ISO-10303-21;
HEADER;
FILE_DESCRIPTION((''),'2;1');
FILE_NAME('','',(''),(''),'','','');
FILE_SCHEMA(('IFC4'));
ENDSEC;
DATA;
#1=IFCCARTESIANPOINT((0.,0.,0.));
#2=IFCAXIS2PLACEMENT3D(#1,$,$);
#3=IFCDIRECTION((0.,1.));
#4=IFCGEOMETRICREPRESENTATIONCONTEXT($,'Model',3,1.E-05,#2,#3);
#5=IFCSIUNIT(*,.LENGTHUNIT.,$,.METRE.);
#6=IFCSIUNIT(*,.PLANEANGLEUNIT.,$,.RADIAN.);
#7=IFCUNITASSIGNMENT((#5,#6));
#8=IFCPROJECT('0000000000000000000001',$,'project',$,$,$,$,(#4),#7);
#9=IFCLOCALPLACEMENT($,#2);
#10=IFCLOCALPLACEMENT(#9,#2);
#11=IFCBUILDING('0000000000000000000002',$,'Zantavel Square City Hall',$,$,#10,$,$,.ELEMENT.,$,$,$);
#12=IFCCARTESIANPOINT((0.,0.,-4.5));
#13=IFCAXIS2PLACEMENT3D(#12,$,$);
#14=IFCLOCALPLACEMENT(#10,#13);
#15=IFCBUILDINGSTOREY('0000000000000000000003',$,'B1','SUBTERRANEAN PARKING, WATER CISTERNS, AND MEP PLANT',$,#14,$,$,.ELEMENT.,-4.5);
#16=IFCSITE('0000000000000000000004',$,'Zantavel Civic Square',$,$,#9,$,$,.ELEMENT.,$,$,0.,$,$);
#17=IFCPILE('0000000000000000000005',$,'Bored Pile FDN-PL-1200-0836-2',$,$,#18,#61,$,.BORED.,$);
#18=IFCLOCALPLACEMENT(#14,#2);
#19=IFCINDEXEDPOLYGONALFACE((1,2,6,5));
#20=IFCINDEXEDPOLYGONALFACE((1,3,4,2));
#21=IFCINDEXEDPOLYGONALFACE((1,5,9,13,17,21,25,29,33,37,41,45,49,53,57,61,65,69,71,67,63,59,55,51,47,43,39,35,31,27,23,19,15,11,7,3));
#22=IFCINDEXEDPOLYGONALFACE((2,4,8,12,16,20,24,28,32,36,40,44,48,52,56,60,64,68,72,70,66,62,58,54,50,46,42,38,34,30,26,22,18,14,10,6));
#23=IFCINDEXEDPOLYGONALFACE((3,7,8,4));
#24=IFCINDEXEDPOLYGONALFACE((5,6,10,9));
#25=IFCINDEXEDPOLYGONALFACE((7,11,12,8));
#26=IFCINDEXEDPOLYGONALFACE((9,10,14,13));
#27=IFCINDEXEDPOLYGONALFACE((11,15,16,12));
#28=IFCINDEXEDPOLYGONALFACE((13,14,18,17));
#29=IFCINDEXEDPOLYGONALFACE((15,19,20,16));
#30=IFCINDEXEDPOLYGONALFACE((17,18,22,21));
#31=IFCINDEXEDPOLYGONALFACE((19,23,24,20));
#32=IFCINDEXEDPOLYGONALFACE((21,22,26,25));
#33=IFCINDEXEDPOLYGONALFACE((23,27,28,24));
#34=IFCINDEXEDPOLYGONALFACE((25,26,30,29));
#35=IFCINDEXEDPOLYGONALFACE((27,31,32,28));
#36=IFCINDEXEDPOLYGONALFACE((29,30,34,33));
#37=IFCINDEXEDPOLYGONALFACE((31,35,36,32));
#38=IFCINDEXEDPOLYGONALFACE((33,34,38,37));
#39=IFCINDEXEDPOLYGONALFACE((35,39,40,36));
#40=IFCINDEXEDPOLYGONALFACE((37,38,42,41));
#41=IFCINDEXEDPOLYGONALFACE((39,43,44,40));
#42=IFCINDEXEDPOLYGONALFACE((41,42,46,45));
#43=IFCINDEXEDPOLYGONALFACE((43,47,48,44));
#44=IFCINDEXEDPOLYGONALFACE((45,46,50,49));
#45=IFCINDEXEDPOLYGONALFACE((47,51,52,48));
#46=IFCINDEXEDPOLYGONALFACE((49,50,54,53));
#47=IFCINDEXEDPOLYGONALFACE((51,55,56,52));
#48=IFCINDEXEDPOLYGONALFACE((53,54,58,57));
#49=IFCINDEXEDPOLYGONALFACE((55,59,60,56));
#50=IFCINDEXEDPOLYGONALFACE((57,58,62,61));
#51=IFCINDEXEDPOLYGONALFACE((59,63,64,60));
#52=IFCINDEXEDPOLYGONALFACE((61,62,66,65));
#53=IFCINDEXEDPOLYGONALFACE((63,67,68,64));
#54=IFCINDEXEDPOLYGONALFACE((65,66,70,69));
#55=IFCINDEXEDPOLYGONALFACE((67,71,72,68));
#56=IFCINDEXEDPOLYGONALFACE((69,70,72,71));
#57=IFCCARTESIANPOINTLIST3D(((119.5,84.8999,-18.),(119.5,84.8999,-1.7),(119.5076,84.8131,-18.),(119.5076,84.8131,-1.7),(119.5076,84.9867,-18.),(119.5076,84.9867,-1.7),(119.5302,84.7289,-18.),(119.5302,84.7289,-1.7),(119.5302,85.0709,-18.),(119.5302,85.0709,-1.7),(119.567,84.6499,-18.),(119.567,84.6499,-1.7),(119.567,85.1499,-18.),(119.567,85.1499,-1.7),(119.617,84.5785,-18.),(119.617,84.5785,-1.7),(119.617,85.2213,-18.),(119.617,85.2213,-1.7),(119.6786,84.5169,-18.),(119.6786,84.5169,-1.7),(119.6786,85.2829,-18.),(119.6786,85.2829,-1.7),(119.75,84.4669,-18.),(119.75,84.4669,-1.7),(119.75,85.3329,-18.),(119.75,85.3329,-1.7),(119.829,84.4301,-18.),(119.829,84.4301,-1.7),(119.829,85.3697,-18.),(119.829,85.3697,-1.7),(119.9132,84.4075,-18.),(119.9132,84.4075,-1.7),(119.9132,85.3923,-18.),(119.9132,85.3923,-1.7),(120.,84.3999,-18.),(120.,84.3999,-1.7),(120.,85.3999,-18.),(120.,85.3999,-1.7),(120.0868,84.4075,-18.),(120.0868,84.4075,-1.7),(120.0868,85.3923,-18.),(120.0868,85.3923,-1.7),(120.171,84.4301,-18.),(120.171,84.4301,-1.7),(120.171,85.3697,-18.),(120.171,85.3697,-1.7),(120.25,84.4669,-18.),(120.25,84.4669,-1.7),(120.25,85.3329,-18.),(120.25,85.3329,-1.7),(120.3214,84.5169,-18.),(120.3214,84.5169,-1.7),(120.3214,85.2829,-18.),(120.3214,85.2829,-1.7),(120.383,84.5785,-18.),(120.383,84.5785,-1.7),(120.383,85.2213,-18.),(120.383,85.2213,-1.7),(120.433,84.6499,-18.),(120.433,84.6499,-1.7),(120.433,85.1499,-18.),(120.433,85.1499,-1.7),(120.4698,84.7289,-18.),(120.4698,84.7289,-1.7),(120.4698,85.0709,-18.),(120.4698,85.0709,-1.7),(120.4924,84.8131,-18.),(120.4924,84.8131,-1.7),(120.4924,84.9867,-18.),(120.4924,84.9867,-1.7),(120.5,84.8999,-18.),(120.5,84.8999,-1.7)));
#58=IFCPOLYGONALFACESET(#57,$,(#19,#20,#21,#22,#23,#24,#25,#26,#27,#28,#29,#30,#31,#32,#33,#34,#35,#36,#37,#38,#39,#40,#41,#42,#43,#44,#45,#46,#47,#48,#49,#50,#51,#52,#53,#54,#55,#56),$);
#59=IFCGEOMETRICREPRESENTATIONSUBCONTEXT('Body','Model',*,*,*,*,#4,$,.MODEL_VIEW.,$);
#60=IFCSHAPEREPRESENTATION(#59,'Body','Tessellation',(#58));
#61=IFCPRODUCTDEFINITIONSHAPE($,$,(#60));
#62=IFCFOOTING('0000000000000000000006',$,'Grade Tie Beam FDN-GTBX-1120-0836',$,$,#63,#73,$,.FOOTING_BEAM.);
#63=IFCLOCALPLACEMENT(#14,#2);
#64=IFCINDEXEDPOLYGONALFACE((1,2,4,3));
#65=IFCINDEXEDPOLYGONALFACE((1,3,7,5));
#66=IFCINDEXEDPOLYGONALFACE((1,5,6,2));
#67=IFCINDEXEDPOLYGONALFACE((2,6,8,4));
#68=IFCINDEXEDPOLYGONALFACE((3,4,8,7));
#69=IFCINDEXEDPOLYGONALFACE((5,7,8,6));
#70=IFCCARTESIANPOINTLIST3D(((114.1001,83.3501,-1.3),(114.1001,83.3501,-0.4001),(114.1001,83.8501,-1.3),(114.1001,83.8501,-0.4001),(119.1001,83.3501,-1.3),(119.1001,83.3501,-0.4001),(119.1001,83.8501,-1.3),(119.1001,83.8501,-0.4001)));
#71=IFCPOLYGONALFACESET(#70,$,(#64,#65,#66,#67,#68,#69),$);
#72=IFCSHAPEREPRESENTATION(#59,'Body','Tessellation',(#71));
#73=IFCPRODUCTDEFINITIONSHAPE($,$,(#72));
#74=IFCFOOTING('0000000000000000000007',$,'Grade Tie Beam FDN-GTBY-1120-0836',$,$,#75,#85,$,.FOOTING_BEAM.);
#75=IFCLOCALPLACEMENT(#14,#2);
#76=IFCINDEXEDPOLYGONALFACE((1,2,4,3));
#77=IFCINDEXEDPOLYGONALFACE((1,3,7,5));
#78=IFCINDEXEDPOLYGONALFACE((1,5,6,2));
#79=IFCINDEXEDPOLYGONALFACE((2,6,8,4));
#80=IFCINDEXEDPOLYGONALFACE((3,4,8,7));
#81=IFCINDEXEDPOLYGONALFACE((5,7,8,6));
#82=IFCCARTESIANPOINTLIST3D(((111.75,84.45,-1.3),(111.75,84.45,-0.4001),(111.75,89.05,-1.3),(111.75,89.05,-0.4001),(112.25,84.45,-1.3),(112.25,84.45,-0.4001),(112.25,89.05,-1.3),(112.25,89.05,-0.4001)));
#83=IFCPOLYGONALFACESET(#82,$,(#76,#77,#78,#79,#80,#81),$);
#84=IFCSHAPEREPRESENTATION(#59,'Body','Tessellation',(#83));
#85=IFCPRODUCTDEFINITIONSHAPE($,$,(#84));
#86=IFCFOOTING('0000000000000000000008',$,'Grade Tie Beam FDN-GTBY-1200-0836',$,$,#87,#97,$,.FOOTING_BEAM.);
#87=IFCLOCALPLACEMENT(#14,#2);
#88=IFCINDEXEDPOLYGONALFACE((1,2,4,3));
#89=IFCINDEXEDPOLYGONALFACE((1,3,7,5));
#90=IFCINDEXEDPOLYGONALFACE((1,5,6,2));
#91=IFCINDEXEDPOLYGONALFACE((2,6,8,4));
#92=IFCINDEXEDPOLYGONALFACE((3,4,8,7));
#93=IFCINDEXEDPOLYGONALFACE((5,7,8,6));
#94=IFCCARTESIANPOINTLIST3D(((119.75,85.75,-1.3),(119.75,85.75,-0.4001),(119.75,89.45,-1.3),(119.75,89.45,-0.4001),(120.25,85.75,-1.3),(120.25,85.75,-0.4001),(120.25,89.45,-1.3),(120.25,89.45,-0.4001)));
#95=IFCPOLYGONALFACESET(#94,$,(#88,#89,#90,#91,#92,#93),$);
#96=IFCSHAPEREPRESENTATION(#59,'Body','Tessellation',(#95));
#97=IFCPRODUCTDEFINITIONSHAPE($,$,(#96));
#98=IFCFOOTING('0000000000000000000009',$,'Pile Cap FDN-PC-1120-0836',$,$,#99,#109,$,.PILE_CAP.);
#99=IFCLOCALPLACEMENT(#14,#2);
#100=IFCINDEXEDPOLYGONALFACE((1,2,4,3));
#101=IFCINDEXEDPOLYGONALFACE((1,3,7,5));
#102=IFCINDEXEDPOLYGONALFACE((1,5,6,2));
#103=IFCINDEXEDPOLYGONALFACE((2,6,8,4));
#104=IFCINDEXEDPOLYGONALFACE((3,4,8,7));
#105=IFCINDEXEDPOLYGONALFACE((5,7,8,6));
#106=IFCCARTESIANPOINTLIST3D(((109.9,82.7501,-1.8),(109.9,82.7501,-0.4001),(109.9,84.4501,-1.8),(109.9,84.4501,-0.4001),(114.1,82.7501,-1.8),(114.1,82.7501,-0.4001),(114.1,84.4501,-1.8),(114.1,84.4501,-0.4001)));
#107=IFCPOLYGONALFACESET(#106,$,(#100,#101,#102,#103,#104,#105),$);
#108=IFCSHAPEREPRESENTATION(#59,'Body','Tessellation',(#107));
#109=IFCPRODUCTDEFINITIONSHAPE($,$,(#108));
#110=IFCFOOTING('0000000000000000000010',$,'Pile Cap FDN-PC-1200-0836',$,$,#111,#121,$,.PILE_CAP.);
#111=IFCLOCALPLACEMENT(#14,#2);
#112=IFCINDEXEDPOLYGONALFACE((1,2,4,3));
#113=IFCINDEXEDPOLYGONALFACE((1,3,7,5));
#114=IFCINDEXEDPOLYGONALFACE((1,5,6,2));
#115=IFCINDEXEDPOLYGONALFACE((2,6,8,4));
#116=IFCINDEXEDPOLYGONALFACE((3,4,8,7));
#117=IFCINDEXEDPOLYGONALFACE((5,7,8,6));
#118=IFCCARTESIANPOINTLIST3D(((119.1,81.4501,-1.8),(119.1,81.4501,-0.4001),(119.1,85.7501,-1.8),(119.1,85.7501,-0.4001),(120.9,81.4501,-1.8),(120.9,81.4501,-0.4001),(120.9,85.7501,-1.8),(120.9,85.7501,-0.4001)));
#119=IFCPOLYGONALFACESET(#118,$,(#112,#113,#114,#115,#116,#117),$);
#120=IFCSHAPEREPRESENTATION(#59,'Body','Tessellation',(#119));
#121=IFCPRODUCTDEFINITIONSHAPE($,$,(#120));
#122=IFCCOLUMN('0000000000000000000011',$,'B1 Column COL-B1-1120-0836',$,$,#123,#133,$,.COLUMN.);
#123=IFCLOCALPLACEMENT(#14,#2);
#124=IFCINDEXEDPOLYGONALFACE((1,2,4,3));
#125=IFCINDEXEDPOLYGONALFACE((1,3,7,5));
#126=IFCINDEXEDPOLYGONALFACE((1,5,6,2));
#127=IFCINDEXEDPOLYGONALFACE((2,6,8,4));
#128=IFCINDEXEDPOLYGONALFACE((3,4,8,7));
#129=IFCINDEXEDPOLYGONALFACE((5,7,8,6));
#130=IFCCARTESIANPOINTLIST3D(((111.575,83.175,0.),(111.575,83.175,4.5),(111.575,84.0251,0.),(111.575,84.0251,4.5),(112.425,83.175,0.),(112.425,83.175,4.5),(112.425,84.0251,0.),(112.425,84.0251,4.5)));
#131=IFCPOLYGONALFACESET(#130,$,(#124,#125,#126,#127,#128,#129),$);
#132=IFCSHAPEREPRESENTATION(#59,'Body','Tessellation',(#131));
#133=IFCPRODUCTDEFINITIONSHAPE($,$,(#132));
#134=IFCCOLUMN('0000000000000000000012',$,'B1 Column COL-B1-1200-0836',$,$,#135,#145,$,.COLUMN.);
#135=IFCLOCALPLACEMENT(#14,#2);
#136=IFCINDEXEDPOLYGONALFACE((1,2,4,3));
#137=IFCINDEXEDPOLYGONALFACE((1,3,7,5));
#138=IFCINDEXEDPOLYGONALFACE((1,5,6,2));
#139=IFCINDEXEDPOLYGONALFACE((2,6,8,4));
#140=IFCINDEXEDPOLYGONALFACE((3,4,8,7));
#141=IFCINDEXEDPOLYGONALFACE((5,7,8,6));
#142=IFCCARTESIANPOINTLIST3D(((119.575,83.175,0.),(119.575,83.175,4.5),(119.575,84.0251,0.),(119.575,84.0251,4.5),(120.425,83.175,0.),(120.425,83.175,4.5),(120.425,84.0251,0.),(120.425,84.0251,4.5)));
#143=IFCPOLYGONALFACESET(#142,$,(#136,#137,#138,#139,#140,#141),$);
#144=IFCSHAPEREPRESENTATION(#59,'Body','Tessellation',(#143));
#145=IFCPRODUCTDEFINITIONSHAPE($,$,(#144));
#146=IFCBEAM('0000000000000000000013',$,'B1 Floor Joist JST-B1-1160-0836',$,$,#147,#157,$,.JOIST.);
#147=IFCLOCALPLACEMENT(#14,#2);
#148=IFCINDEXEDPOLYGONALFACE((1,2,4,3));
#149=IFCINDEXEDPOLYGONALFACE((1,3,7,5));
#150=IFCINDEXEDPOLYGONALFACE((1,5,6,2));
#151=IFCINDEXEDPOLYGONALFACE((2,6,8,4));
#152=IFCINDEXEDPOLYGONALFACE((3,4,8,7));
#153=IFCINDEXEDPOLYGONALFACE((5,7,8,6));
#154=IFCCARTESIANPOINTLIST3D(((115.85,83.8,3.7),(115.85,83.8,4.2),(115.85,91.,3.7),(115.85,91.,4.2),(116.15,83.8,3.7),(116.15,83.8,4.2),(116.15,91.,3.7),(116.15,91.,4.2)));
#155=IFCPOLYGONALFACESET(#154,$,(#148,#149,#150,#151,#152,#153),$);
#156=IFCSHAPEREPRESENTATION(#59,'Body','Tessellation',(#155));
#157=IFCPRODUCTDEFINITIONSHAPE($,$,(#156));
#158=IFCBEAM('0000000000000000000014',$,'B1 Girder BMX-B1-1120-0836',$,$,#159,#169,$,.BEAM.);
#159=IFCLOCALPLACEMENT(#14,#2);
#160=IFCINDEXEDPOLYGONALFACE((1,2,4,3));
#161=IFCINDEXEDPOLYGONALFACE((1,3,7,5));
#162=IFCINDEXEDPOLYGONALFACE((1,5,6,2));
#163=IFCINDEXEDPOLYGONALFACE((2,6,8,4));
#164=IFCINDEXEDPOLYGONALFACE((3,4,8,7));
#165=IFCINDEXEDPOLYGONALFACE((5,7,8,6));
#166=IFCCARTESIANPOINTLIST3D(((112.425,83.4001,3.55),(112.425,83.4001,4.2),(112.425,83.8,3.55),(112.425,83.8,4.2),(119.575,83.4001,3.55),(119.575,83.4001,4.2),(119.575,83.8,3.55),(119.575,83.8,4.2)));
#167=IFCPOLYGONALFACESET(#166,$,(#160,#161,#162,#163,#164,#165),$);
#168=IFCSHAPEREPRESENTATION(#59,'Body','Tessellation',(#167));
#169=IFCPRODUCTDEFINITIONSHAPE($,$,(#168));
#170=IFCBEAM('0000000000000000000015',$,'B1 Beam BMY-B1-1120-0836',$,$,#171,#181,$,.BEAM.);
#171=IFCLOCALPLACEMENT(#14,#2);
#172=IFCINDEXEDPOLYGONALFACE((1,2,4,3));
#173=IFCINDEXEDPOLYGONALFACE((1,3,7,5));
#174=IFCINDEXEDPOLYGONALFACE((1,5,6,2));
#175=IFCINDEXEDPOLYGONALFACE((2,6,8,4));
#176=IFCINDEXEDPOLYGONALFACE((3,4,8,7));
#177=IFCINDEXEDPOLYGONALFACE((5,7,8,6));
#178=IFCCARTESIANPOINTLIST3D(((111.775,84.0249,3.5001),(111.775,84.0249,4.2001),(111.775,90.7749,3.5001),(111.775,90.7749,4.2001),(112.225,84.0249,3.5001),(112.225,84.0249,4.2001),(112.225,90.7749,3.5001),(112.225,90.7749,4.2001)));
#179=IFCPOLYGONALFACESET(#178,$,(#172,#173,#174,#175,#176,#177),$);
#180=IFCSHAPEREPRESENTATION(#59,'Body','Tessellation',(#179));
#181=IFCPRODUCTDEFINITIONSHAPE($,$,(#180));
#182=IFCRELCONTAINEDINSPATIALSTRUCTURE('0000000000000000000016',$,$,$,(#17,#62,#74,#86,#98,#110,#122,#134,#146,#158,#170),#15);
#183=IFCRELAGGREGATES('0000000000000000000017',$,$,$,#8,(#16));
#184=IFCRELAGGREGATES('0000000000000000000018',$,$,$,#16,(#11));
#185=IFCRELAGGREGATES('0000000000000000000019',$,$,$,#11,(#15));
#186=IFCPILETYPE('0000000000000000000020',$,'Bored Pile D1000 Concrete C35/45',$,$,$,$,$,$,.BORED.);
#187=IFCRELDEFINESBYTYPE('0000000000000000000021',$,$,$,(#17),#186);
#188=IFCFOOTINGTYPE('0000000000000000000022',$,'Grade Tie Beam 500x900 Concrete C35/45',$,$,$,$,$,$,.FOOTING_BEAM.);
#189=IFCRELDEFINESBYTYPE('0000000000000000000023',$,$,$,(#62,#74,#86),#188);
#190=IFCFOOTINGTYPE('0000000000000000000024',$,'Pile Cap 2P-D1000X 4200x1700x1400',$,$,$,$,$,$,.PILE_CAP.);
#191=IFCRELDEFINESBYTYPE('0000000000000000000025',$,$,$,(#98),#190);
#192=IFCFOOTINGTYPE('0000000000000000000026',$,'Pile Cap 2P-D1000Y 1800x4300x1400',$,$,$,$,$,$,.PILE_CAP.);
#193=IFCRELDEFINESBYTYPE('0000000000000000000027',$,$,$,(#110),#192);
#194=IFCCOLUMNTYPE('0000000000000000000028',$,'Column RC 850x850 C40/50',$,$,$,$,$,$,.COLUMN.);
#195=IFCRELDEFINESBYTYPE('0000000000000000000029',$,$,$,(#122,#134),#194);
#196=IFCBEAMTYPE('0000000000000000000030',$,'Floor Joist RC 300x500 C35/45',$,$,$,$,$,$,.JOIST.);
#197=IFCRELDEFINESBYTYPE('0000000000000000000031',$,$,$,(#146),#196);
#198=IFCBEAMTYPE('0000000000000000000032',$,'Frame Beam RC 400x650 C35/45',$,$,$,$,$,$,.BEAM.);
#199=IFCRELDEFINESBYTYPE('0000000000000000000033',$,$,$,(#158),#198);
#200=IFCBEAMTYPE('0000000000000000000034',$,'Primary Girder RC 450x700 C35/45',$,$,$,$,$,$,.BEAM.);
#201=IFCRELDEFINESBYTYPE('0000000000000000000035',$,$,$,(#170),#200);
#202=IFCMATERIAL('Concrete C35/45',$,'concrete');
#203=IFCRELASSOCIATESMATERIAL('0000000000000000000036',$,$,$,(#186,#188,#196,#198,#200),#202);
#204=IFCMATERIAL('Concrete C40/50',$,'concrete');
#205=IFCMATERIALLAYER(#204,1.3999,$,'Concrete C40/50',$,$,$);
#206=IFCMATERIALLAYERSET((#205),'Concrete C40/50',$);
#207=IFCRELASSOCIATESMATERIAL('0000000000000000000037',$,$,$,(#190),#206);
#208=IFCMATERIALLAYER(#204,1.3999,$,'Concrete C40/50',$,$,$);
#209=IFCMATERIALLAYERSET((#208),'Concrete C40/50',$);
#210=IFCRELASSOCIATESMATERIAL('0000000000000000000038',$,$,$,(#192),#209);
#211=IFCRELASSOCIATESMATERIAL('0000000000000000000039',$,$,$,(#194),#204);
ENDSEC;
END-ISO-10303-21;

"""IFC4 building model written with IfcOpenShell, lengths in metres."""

from ifc_helpers import new_model, si_unit, direction, frame, origin, origin_2d, place, context, subcontext, project, spatial, rectangle, circle, extrude, material, layer, layer_set, material_profile, profile_set, type_object, element, save


model = new_model("IFC4")

# Units and contexts
model_context = context("Model", 3, precision=1e-05, world=origin(), true_north=direction((0.0, 1.0)))
body_context = subcontext(model_context, "Body", "Model", "MODEL_VIEW")
ifc_project = project(units=[si_unit("LENGTHUNIT", "METRE"), si_unit("PLANEANGLEUNIT", "RADIAN")], contexts=[model_context])

# Site, building, storey
site_placement = place(None, origin())
site = spatial("IfcSite", under=ifc_project, at=site_placement, Name="Zantavel Civic Square", CompositionType="ELEMENT", RefElevation=0.0)
building_placement = place(site_placement, origin())
building = spatial("IfcBuilding", under=site, at=building_placement, Name="Zantavel Square City Hall", CompositionType="ELEMENT")
storey_placement = place(building_placement, frame((0.0, 0.0, -4.5)))
storey = spatial("IfcBuildingStorey", under=building, at=storey_placement, Name="B1", Description="SUBTERRANEAN PARKING, WATER CISTERNS, AND MEP PLANT", CompositionType="ELEMENT", Elevation=-4.5)

# Pile
ifc_material_1 = material(Name="Concrete C35/45", Category="concrete")
ifc_material_profile_1 = material_profile(ifc_material_1, circle(Radius=0.5, at=origin_2d()), Name="PILE D1000")
ifc_profile_set_1 = profile_set([ifc_material_profile_1], Name="Concrete C35/45")
pile_type = type_object("IfcPileType", Name="Bored Pile D1000 Concrete C35/45", PredefinedType="BORED", material=ifc_profile_set_1)
for number, where, z_axis, x_axis, name in (
    (1, (120.0, 84.8999, -1.7), (0.0, 0.0, -1.0), (1.0, 0.0, 0.0), "Bored Pile FDN-PL-1200-0836-2"),
):
    element("IfcPile", number, at=place(storey_placement, frame(where, z_axis=z_axis, x_axis=x_axis)), inside=storey, type_object=pile_type, Name=name, PredefinedType="BORED", context=body_context, shape_type="SweptSolid", body=[
        extrude(circle(Radius=0.5, at=origin_2d()), origin(), (0.0, 0.0, 1.0), 16.3),
    ])

# Footings
ifc_material_profile_2 = material_profile(ifc_material_1, rectangle(XDim=0.5, YDim=0.8999, at=origin_2d()), Name="RC 500x900")
ifc_profile_set_2 = profile_set([ifc_material_profile_2], Name="Concrete C35/45")
footing_type_1 = type_object("IfcFootingType", Name="Grade Tie Beam 500x900 Concrete C35/45", PredefinedType="FOOTING_BEAM", material=ifc_profile_set_2)
footing_1_placement = place(storey_placement, frame((114.1001, 83.6001, -0.8501), z_axis=(1.0, 0.0, 0.0), x_axis=(0.0, 1.0, 0.0)))
element("IfcFooting", 2, at=footing_1_placement, inside=storey, type_object=footing_type_1, Name="Grade Tie Beam FDN-GTBX-1120-0836", PredefinedType="FOOTING_BEAM", context=body_context, shape_type="SweptSolid", body=[
    extrude(rectangle(XDim=0.5, YDim=0.8999, at=origin_2d()), origin(), (0.0, 0.0, 1.0), 5.0),
])
footing_2_placement = place(storey_placement, frame((112.0, 84.45, -0.8501), z_axis=(0.0, 1.0, 0.0), x_axis=(-1.0, 0.0, 0.0)))
element("IfcFooting", 3, at=footing_2_placement, inside=storey, type_object=footing_type_1, Name="Grade Tie Beam FDN-GTBY-1120-0836", PredefinedType="FOOTING_BEAM", context=body_context, shape_type="SweptSolid", body=[
    extrude(rectangle(XDim=0.5, YDim=0.8999, at=origin_2d()), origin(), (0.0, 0.0, 1.0), 4.6001),
])
footing_3_placement = place(storey_placement, frame((120.0, 85.75, -0.8501), z_axis=(0.0, 1.0, 0.0), x_axis=(-1.0, 0.0, 0.0)))
element("IfcFooting", 4, at=footing_3_placement, inside=storey, type_object=footing_type_1, Name="Grade Tie Beam FDN-GTBY-1200-0836", PredefinedType="FOOTING_BEAM", context=body_context, shape_type="SweptSolid", body=[
    extrude(rectangle(XDim=0.5, YDim=0.8999, at=origin_2d()), origin(), (0.0, 0.0, 1.0), 3.7),
])
ifc_material_2 = material(Name="Concrete C40/50", Category="concrete")
ifc_layer_1 = layer(ifc_material_2, 1.3999, Name="Concrete C40/50")
ifc_layer_set_1 = layer_set([ifc_layer_1], Name="Concrete C40/50")
footing_type_2 = type_object("IfcFootingType", Name="Pile Cap 2P-D1000X 4200x1700x1400", PredefinedType="PILE_CAP", material=ifc_layer_set_1)
footing_4_placement = place(storey_placement, frame((112.0, 83.6001, -1.8), z_axis=(0.0, 0.0, 1.0), x_axis=(1.0, 0.0, 0.0)))
element("IfcFooting", 5, at=footing_4_placement, inside=storey, type_object=footing_type_2, Name="Pile Cap FDN-PC-1120-0836", PredefinedType="PILE_CAP", context=body_context, shape_type="SweptSolid", body=[
    extrude(rectangle(XDim=4.2, YDim=1.7, at=origin_2d()), origin(), (0.0, 0.0, 1.0), 1.3999),
])
ifc_layer_2 = layer(ifc_material_2, 1.3999, Name="Concrete C40/50")
ifc_layer_set_2 = layer_set([ifc_layer_2], Name="Concrete C40/50")
footing_type_3 = type_object("IfcFootingType", Name="Pile Cap 2P-D1000Y 1800x4300x1400", PredefinedType="PILE_CAP", material=ifc_layer_set_2)
footing_5_placement = place(storey_placement, frame((120.0, 83.6001, -1.8), z_axis=(0.0, 0.0, 1.0), x_axis=(1.0, 0.0, 0.0)))
element("IfcFooting", 6, at=footing_5_placement, inside=storey, type_object=footing_type_3, Name="Pile Cap FDN-PC-1200-0836", PredefinedType="PILE_CAP", context=body_context, shape_type="SweptSolid", body=[
    extrude(rectangle(XDim=1.8, YDim=4.3, at=origin_2d()), origin(), (0.0, 0.0, 1.0), 1.3999),
])

# Columns
ifc_material_profile_3 = material_profile(ifc_material_2, rectangle(XDim=0.8501, YDim=0.8501, at=origin_2d()), Name="RC 850x850")
ifc_profile_set_3 = profile_set([ifc_material_profile_3], Name="Concrete C40/50")
column_type = type_object("IfcColumnType", Name="Column RC 850x850 C40/50", PredefinedType="COLUMN", material=ifc_profile_set_3)
for number, where, z_axis, x_axis, name in (
    (7, (112.0, 83.6001, 0.0), (0.0, 0.0, 1.0), (1.0, 0.0, 0.0), "B1 Column COL-B1-1120-0836"),
    (8, (120.0, 83.6001, 0.0), (0.0, 0.0, 1.0), (1.0, 0.0, 0.0), "B1 Column COL-B1-1200-0836"),
):
    element("IfcColumn", number, at=place(storey_placement, frame(where, z_axis=z_axis, x_axis=x_axis)), inside=storey, type_object=column_type, Name=name, PredefinedType="COLUMN", context=body_context, shape_type="SweptSolid", body=[
        extrude(rectangle(XDim=0.8501, YDim=0.8501, at=origin_2d()), origin(), (0.0, 0.0, 1.0), 4.5),
    ])

# Beams
ifc_material_profile_4 = material_profile(ifc_material_1, rectangle(XDim=0.3, YDim=0.5, at=origin_2d()), Name="RC 300x500")
ifc_profile_set_4 = profile_set([ifc_material_profile_4], Name="Concrete C35/45")
beam_type_1 = type_object("IfcBeamType", Name="Floor Joist RC 300x500 C35/45", PredefinedType="JOIST", material=ifc_profile_set_4)
beam_1_placement = place(storey_placement, frame((116.0, 83.8, 3.95), z_axis=(0.0, 1.0, 0.0), x_axis=(-1.0, 0.0, 0.0)))
element("IfcBeam", 9, at=beam_1_placement, inside=storey, type_object=beam_type_1, Name="B1 Floor Joist JST-B1-1160-0836", PredefinedType="JOIST", context=body_context, shape_type="SweptSolid", body=[
    extrude(rectangle(XDim=0.3, YDim=0.5, at=origin_2d()), origin(), (0.0, 0.0, 1.0), 7.2),
])
ifc_material_profile_5 = material_profile(ifc_material_1, rectangle(XDim=0.3999, YDim=0.6499, at=origin_2d()), Name="RC 400x650")
ifc_profile_set_5 = profile_set([ifc_material_profile_5], Name="Concrete C35/45")
beam_type_2 = type_object("IfcBeamType", Name="Frame Beam RC 400x650 C35/45", PredefinedType="BEAM", material=ifc_profile_set_5)
beam_2_placement = place(storey_placement, frame((112.425, 83.6001, 3.875), z_axis=(1.0, 0.0, 0.0), x_axis=(0.0, 1.0, 0.0)))
element("IfcBeam", 10, at=beam_2_placement, inside=storey, type_object=beam_type_2, Name="B1 Girder BMX-B1-1120-0836", PredefinedType="BEAM", context=body_context, shape_type="SweptSolid", body=[
    extrude(rectangle(XDim=0.3999, YDim=0.6499, at=origin_2d()), origin(), (0.0, 0.0, 1.0), 7.1499),
])
ifc_material_profile_6 = material_profile(ifc_material_1, rectangle(XDim=0.45, YDim=0.7, at=origin_2d()), Name="RC 450x700")
ifc_profile_set_6 = profile_set([ifc_material_profile_6], Name="Concrete C35/45")
beam_type_3 = type_object("IfcBeamType", Name="Primary Girder RC 450x700 C35/45", PredefinedType="BEAM", material=ifc_profile_set_6)
for number, where, z_axis, x_axis, name in (
    (11, (112.0, 84.0249, 3.8501), (0.0, 1.0, 0.0), (-1.0, 0.0, 0.0), "B1 Beam BMY-B1-1120-0836"),
):
    element("IfcBeam", number, at=place(storey_placement, frame(where, z_axis=z_axis, x_axis=x_axis)), inside=storey, type_object=beam_type_3, Name=name, PredefinedType="BEAM", context=body_context, shape_type="SweptSolid", body=[
        extrude(rectangle(XDim=0.45, YDim=0.7, at=origin_2d()), origin(), (0.0, 0.0, 1.0), 6.75),
    ])

save(model, "model.ifc")
